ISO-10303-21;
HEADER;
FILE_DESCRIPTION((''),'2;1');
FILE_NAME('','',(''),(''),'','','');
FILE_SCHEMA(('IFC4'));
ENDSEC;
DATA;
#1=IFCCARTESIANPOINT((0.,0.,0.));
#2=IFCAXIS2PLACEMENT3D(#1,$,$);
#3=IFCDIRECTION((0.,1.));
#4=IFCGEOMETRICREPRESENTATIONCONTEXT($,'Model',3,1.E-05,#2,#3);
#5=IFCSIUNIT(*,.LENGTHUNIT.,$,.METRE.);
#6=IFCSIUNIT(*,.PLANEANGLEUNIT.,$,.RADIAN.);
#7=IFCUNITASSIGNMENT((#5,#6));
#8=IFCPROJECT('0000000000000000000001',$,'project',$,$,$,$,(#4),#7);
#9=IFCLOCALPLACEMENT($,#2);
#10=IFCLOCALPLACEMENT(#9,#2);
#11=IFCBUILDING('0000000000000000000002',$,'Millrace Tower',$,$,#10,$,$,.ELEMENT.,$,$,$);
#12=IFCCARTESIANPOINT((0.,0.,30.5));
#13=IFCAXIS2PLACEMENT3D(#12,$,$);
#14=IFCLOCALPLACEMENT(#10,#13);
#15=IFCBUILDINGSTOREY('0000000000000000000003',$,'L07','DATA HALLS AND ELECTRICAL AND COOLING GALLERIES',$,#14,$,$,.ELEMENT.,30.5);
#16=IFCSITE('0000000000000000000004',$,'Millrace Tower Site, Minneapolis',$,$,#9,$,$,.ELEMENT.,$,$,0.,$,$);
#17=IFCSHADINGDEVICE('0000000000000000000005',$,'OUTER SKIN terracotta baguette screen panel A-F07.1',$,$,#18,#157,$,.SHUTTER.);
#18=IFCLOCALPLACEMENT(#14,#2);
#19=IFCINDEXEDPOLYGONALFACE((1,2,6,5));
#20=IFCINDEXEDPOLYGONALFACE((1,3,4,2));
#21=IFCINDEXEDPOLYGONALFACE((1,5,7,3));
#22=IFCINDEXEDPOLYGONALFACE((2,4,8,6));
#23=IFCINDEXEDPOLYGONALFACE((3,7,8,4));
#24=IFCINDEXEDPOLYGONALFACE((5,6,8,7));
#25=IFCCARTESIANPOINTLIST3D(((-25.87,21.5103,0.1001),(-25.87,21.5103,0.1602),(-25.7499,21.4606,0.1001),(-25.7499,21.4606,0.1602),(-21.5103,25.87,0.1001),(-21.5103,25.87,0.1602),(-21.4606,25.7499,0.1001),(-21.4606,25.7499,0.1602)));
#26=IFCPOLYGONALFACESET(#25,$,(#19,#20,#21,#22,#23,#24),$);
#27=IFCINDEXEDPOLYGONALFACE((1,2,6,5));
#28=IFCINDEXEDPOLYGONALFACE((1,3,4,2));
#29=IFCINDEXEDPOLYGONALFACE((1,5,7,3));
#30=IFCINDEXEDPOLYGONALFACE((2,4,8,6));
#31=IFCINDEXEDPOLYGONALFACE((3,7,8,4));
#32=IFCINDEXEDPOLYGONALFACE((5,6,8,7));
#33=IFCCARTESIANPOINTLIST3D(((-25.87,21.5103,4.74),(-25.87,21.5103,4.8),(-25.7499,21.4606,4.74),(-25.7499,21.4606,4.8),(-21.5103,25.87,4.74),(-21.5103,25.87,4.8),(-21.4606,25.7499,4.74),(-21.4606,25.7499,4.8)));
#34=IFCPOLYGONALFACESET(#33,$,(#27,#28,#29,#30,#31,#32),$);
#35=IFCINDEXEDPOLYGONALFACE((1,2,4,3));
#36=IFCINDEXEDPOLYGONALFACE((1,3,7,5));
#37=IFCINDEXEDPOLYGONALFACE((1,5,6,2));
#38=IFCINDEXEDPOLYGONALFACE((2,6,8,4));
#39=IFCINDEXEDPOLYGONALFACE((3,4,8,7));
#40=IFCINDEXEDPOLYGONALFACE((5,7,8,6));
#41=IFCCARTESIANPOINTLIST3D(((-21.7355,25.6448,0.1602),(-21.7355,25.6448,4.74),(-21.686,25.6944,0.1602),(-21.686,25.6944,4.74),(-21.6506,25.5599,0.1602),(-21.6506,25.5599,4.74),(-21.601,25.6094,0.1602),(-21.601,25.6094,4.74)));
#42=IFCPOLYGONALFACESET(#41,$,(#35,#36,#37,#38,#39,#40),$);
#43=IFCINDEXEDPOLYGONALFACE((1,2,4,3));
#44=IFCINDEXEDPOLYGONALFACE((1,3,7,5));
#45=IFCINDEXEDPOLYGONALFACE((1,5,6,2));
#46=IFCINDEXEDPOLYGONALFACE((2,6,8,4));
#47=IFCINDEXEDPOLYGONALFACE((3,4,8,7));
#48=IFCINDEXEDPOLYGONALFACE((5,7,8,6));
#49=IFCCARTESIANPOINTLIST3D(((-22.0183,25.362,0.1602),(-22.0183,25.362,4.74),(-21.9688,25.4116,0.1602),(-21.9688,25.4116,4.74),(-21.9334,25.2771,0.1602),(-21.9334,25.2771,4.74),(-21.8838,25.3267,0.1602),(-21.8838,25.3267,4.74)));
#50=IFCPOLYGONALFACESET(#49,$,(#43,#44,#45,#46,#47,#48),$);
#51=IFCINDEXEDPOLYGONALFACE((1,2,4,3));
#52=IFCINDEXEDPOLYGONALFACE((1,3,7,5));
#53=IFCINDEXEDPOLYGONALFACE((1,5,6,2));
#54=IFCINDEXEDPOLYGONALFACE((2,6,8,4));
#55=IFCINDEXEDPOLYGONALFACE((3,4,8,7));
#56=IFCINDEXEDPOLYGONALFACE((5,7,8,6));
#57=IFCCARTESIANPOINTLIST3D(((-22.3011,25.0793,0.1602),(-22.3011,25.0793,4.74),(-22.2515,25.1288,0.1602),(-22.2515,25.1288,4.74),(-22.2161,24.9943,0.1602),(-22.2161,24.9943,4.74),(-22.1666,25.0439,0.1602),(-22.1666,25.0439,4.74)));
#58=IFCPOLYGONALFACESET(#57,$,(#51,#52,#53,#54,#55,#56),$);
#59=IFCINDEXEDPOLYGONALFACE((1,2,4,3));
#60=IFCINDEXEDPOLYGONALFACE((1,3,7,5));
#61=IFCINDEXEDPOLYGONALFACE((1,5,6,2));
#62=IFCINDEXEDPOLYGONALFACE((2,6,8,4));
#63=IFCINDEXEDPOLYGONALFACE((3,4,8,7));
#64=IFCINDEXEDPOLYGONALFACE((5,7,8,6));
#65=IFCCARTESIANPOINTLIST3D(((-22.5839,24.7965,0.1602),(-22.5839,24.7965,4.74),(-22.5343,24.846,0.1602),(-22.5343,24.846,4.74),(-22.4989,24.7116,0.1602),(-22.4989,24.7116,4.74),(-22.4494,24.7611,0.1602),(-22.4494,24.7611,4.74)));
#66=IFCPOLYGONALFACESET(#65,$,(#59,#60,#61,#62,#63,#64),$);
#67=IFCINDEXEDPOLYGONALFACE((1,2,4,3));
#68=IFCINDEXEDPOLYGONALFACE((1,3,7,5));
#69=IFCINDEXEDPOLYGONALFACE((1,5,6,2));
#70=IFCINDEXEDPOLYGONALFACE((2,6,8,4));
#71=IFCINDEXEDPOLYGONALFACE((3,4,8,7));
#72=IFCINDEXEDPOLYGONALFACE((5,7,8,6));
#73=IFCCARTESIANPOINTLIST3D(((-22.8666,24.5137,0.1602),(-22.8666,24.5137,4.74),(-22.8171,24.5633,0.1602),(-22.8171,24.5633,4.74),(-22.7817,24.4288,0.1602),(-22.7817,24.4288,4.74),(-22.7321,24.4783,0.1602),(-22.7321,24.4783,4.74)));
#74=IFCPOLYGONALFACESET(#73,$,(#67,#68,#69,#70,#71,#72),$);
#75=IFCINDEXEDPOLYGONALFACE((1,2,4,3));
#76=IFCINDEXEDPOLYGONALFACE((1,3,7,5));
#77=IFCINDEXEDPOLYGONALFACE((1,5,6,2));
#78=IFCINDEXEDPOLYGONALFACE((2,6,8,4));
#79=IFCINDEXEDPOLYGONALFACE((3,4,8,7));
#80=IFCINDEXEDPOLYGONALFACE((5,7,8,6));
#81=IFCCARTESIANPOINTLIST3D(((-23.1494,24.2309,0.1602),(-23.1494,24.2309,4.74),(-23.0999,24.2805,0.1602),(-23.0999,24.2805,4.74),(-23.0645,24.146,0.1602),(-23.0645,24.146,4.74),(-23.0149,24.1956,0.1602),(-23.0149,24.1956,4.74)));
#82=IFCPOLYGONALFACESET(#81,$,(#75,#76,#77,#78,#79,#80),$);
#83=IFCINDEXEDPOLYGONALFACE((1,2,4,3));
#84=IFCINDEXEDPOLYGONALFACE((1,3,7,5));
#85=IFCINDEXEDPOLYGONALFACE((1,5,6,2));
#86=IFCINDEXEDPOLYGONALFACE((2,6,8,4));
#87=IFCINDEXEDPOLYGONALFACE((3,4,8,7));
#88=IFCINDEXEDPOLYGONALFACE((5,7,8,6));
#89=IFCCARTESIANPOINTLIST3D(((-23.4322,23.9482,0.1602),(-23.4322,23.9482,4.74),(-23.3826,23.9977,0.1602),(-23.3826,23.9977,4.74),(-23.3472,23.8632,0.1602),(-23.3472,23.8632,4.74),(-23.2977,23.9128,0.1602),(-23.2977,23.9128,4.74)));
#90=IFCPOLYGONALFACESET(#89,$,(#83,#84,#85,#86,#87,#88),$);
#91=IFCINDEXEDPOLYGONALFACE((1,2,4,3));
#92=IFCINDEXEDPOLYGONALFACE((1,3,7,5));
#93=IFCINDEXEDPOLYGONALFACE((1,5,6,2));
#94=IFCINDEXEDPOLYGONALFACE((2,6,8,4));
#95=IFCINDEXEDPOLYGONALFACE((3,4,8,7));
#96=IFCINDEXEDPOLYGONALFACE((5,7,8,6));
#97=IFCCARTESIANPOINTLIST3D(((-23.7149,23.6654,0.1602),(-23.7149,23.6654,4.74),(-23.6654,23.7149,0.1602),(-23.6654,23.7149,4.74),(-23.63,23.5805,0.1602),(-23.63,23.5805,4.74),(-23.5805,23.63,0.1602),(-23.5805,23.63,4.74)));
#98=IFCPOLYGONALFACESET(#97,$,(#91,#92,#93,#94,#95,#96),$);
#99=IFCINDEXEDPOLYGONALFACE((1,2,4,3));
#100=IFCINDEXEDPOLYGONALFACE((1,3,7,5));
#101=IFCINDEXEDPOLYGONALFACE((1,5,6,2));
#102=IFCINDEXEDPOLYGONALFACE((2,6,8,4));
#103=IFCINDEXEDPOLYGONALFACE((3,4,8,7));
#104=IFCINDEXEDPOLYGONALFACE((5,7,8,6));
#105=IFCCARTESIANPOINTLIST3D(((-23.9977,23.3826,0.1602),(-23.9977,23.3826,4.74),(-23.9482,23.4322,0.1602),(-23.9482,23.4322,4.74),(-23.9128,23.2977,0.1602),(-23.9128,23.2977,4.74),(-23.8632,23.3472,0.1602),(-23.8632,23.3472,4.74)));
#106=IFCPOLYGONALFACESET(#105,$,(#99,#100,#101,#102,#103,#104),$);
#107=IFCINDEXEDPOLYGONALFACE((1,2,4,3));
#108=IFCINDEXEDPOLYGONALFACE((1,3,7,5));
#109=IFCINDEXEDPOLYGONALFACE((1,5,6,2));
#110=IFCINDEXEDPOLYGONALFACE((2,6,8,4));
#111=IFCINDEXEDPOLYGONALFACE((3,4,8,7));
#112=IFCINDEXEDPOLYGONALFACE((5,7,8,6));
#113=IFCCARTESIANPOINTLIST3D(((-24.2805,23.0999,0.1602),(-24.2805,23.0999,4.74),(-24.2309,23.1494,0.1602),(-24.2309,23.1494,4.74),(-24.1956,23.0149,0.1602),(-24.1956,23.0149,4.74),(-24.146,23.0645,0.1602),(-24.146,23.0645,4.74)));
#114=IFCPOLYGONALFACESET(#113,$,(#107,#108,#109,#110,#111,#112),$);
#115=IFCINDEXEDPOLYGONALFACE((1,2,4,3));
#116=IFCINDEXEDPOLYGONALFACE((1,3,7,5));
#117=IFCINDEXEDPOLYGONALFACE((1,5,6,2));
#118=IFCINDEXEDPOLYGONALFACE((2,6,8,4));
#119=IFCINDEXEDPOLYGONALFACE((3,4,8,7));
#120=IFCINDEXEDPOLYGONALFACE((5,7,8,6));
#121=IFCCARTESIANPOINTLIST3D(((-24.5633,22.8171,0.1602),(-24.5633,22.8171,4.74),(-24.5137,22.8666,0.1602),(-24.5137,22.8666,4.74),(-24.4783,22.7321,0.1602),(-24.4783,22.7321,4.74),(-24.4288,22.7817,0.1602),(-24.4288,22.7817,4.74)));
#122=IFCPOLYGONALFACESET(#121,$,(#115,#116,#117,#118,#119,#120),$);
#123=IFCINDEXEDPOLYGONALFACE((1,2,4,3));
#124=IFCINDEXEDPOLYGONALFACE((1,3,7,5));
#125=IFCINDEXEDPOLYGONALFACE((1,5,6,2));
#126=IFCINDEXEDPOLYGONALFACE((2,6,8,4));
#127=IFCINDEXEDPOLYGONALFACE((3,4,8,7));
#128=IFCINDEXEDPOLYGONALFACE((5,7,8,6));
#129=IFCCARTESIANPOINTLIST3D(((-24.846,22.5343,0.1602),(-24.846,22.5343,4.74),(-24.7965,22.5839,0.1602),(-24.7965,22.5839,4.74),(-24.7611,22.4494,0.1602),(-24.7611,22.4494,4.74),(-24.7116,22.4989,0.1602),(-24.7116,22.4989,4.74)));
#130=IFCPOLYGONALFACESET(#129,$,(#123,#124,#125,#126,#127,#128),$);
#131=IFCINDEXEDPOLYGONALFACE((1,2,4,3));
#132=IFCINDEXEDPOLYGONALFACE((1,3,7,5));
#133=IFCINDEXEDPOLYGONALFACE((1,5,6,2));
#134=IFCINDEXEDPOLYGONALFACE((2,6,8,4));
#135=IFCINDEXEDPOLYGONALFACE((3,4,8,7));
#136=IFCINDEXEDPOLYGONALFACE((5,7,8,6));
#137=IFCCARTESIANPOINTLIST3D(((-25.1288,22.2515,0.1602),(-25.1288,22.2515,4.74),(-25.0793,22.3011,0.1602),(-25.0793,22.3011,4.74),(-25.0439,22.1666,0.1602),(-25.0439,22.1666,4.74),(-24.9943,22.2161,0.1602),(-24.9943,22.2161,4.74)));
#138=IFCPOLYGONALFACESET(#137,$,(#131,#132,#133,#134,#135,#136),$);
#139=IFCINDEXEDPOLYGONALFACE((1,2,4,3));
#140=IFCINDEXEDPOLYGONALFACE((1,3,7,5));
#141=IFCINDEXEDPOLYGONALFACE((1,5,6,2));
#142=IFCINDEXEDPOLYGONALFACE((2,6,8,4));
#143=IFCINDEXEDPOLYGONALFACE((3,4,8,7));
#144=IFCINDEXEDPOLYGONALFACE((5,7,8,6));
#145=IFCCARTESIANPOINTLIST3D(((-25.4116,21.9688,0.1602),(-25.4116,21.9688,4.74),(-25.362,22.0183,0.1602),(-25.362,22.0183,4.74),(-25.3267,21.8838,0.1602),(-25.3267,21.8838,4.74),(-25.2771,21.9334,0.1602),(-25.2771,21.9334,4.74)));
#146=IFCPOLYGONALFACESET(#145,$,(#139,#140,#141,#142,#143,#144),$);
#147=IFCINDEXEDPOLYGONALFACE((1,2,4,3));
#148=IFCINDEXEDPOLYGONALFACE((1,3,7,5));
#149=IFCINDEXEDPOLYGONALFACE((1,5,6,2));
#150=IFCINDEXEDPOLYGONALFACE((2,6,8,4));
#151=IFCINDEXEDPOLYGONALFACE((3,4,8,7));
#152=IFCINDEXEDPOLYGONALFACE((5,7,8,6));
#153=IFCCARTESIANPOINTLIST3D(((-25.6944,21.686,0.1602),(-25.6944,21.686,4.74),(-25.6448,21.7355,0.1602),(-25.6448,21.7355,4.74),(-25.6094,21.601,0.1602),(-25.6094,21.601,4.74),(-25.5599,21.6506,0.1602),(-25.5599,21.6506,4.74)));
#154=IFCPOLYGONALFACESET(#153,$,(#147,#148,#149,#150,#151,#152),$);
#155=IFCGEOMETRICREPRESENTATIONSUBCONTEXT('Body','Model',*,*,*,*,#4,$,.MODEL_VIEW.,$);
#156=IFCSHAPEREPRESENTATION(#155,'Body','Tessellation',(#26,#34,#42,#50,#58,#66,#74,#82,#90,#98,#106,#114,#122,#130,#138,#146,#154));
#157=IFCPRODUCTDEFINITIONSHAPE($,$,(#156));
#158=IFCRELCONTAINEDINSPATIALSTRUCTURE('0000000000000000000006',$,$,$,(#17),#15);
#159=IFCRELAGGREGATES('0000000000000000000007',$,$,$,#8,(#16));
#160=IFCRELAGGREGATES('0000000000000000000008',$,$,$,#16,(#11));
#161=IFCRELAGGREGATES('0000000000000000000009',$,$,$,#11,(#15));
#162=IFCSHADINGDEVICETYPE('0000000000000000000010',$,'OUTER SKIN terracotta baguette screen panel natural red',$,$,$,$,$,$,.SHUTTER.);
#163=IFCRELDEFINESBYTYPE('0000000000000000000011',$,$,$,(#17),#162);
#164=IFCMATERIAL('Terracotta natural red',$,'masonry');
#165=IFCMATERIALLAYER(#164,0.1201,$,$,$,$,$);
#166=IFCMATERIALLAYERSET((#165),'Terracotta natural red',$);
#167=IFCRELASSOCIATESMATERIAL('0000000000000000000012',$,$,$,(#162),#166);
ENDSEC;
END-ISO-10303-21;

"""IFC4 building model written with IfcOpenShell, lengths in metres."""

from ifc_helpers import new_model, entity, si_unit, direction, frame, frame_2d, origin, origin_2d, place, context, subcontext, project, spatial, rectangle, extrude, source, transform, mapped, material, layer, layer_set, type_object, element, save


model = new_model("IFC4")

# Units and contexts
model_context = context("Model", 3, precision=1e-05, world=origin(), true_north=direction((0.0, 1.0)))
body_context = subcontext(model_context, "Body", "Model", "MODEL_VIEW")
ifc_project = project(units=[si_unit("LENGTHUNIT", "METRE"), si_unit("PLANEANGLEUNIT", "RADIAN")], contexts=[model_context])

# Site, building, storey
site_placement = place(None, origin())
site = spatial("IfcSite", under=ifc_project, at=site_placement, Name="Millrace Tower Site, Minneapolis", CompositionType="ELEMENT", RefElevation=0.0)
building_placement = place(site_placement, origin())
building = spatial("IfcBuilding", under=site, at=building_placement, Name="Millrace Tower", CompositionType="ELEMENT")
storey_placement = place(building_placement, frame((0.0, 0.0, 30.5)))
storey = spatial("IfcBuildingStorey", under=building, at=storey_placement, Name="L07", Description="DATA HALLS AND ELECTRICAL AND COOLING GALLERIES", CompositionType="ELEMENT", Elevation=30.5)

# Shading device
ifc_material_1 = material(Name="Terracotta natural red", Category="masonry")
ifc_layer_1 = layer(ifc_material_1, 0.1201)
ifc_layer_set_1 = layer_set([ifc_layer_1], Name="Terracotta natural red")
shading_device_type_1 = type_object("IfcShadingDeviceType", Name="OUTER SKIN terracotta baguette screen panel natural red", PredefinedType="SHUTTER", material=ifc_layer_set_1)
cartesian_point_1 = entity("IfcCartesianPoint", [-3.033, 0.0601])
shared_polyline_1 = entity("IfcPolyline", [cartesian_point_1, entity("IfcCartesianPoint", [3.033, 0.0601]), entity("IfcCartesianPoint", [3.0828, -0.0601]), entity("IfcCartesianPoint", [-3.0828, -0.0601]), cartesian_point_1])
shared_shape_1 = source(origin(), body_context, "Body", "SweptSolid", [
    entity("IfcExtrudedAreaSolid", entity("IfcArbitraryClosedProfileDef", "AREA", None, shared_polyline_1), entity("IfcAxis2Placement3D", entity("IfcCartesianPoint", [0.0, 0.0, 0.0])), entity("IfcDirection", [0.0, 0.0, 1.0]), 0.0601),
    entity("IfcExtrudedAreaSolid", entity("IfcArbitraryClosedProfileDef", "AREA", None, shared_polyline_1), entity("IfcAxis2Placement3D", entity("IfcCartesianPoint", [0.0, 0.0, 4.6399])), entity("IfcDirection", [0.0, 0.0, 1.0]), 0.0601),
    extrude(rectangle(XDim=0.0701, YDim=0.1201, at=frame_2d((-2.7993, 0.0))), frame((0.0, 0.0, 0.0601)), (0.0, 0.0, 1.0), 4.5798),
    extrude(rectangle(XDim=0.0701, YDim=0.1201, at=frame_2d((-2.3994, 0.0))), frame((0.0, 0.0, 0.0601)), (0.0, 0.0, 1.0), 4.5798),
    extrude(rectangle(XDim=0.0701, YDim=0.1201, at=frame_2d((-1.9995, 0.0))), frame((0.0, 0.0, 0.0601)), (0.0, 0.0, 1.0), 4.5798),
    extrude(rectangle(XDim=0.0701, YDim=0.1201, at=frame_2d((-1.5996, 0.0))), frame((0.0, 0.0, 0.0601)), (0.0, 0.0, 1.0), 4.5798),
    extrude(rectangle(XDim=0.0701, YDim=0.1201, at=frame_2d((-1.1997, 0.0))), frame((0.0, 0.0, 0.0601)), (0.0, 0.0, 1.0), 4.5798),
    extrude(rectangle(XDim=0.0701, YDim=0.1201, at=frame_2d((-0.7998, 0.0))), frame((0.0, 0.0, 0.0601)), (0.0, 0.0, 1.0), 4.5798),
    extrude(rectangle(XDim=0.0701, YDim=0.1201, at=frame_2d((-0.3999, 0.0))), frame((0.0, 0.0, 0.0601)), (0.0, 0.0, 1.0), 4.5798),
    extrude(rectangle(XDim=0.0701, YDim=0.1201, at=origin_2d()), frame((0.0, 0.0, 0.0601)), (0.0, 0.0, 1.0), 4.5798),
    extrude(rectangle(XDim=0.0701, YDim=0.1201, at=frame_2d((0.3999, 0.0))), frame((0.0, 0.0, 0.0601)), (0.0, 0.0, 1.0), 4.5798),
    extrude(rectangle(XDim=0.0701, YDim=0.1201, at=frame_2d((0.7998, 0.0))), frame((0.0, 0.0, 0.0601)), (0.0, 0.0, 1.0), 4.5798),
    extrude(rectangle(XDim=0.0701, YDim=0.1201, at=frame_2d((1.1997, 0.0))), frame((0.0, 0.0, 0.0601)), (0.0, 0.0, 1.0), 4.5798),
    extrude(rectangle(XDim=0.0701, YDim=0.1201, at=frame_2d((1.5996, 0.0))), frame((0.0, 0.0, 0.0601)), (0.0, 0.0, 1.0), 4.5798),
    extrude(rectangle(XDim=0.0701, YDim=0.1201, at=frame_2d((1.9995, 0.0))), frame((0.0, 0.0, 0.0601)), (0.0, 0.0, 1.0), 4.5798),
    extrude(rectangle(XDim=0.0701, YDim=0.1201, at=frame_2d((2.3994, 0.0))), frame((0.0, 0.0, 0.0601)), (0.0, 0.0, 1.0), 4.5798),
    extrude(rectangle(XDim=0.0701, YDim=0.1201, at=frame_2d((2.7993, 0.0))), frame((0.0, 0.0, 0.0601)), (0.0, 0.0, 1.0), 4.5798),
])
shading_device_1_placement = place(storey_placement, frame((-23.6477, 23.6477, 0.1001), z_axis=(0.0, 0.0, 1.0), x_axis=(-0.707107, -0.707107, 0.0)))
element("IfcShadingDevice", 1, at=shading_device_1_placement, inside=storey, type_object=shading_device_type_1, Name="OUTER SKIN terracotta baguette screen panel A-F07.1", PredefinedType="SHUTTER", context=body_context, shape_type="MappedRepresentation", body=[
    mapped(shared_shape_1, transform((0.0, 0.0, 0.0), scale=1.0)),
])

save(model, "model.ifc")
